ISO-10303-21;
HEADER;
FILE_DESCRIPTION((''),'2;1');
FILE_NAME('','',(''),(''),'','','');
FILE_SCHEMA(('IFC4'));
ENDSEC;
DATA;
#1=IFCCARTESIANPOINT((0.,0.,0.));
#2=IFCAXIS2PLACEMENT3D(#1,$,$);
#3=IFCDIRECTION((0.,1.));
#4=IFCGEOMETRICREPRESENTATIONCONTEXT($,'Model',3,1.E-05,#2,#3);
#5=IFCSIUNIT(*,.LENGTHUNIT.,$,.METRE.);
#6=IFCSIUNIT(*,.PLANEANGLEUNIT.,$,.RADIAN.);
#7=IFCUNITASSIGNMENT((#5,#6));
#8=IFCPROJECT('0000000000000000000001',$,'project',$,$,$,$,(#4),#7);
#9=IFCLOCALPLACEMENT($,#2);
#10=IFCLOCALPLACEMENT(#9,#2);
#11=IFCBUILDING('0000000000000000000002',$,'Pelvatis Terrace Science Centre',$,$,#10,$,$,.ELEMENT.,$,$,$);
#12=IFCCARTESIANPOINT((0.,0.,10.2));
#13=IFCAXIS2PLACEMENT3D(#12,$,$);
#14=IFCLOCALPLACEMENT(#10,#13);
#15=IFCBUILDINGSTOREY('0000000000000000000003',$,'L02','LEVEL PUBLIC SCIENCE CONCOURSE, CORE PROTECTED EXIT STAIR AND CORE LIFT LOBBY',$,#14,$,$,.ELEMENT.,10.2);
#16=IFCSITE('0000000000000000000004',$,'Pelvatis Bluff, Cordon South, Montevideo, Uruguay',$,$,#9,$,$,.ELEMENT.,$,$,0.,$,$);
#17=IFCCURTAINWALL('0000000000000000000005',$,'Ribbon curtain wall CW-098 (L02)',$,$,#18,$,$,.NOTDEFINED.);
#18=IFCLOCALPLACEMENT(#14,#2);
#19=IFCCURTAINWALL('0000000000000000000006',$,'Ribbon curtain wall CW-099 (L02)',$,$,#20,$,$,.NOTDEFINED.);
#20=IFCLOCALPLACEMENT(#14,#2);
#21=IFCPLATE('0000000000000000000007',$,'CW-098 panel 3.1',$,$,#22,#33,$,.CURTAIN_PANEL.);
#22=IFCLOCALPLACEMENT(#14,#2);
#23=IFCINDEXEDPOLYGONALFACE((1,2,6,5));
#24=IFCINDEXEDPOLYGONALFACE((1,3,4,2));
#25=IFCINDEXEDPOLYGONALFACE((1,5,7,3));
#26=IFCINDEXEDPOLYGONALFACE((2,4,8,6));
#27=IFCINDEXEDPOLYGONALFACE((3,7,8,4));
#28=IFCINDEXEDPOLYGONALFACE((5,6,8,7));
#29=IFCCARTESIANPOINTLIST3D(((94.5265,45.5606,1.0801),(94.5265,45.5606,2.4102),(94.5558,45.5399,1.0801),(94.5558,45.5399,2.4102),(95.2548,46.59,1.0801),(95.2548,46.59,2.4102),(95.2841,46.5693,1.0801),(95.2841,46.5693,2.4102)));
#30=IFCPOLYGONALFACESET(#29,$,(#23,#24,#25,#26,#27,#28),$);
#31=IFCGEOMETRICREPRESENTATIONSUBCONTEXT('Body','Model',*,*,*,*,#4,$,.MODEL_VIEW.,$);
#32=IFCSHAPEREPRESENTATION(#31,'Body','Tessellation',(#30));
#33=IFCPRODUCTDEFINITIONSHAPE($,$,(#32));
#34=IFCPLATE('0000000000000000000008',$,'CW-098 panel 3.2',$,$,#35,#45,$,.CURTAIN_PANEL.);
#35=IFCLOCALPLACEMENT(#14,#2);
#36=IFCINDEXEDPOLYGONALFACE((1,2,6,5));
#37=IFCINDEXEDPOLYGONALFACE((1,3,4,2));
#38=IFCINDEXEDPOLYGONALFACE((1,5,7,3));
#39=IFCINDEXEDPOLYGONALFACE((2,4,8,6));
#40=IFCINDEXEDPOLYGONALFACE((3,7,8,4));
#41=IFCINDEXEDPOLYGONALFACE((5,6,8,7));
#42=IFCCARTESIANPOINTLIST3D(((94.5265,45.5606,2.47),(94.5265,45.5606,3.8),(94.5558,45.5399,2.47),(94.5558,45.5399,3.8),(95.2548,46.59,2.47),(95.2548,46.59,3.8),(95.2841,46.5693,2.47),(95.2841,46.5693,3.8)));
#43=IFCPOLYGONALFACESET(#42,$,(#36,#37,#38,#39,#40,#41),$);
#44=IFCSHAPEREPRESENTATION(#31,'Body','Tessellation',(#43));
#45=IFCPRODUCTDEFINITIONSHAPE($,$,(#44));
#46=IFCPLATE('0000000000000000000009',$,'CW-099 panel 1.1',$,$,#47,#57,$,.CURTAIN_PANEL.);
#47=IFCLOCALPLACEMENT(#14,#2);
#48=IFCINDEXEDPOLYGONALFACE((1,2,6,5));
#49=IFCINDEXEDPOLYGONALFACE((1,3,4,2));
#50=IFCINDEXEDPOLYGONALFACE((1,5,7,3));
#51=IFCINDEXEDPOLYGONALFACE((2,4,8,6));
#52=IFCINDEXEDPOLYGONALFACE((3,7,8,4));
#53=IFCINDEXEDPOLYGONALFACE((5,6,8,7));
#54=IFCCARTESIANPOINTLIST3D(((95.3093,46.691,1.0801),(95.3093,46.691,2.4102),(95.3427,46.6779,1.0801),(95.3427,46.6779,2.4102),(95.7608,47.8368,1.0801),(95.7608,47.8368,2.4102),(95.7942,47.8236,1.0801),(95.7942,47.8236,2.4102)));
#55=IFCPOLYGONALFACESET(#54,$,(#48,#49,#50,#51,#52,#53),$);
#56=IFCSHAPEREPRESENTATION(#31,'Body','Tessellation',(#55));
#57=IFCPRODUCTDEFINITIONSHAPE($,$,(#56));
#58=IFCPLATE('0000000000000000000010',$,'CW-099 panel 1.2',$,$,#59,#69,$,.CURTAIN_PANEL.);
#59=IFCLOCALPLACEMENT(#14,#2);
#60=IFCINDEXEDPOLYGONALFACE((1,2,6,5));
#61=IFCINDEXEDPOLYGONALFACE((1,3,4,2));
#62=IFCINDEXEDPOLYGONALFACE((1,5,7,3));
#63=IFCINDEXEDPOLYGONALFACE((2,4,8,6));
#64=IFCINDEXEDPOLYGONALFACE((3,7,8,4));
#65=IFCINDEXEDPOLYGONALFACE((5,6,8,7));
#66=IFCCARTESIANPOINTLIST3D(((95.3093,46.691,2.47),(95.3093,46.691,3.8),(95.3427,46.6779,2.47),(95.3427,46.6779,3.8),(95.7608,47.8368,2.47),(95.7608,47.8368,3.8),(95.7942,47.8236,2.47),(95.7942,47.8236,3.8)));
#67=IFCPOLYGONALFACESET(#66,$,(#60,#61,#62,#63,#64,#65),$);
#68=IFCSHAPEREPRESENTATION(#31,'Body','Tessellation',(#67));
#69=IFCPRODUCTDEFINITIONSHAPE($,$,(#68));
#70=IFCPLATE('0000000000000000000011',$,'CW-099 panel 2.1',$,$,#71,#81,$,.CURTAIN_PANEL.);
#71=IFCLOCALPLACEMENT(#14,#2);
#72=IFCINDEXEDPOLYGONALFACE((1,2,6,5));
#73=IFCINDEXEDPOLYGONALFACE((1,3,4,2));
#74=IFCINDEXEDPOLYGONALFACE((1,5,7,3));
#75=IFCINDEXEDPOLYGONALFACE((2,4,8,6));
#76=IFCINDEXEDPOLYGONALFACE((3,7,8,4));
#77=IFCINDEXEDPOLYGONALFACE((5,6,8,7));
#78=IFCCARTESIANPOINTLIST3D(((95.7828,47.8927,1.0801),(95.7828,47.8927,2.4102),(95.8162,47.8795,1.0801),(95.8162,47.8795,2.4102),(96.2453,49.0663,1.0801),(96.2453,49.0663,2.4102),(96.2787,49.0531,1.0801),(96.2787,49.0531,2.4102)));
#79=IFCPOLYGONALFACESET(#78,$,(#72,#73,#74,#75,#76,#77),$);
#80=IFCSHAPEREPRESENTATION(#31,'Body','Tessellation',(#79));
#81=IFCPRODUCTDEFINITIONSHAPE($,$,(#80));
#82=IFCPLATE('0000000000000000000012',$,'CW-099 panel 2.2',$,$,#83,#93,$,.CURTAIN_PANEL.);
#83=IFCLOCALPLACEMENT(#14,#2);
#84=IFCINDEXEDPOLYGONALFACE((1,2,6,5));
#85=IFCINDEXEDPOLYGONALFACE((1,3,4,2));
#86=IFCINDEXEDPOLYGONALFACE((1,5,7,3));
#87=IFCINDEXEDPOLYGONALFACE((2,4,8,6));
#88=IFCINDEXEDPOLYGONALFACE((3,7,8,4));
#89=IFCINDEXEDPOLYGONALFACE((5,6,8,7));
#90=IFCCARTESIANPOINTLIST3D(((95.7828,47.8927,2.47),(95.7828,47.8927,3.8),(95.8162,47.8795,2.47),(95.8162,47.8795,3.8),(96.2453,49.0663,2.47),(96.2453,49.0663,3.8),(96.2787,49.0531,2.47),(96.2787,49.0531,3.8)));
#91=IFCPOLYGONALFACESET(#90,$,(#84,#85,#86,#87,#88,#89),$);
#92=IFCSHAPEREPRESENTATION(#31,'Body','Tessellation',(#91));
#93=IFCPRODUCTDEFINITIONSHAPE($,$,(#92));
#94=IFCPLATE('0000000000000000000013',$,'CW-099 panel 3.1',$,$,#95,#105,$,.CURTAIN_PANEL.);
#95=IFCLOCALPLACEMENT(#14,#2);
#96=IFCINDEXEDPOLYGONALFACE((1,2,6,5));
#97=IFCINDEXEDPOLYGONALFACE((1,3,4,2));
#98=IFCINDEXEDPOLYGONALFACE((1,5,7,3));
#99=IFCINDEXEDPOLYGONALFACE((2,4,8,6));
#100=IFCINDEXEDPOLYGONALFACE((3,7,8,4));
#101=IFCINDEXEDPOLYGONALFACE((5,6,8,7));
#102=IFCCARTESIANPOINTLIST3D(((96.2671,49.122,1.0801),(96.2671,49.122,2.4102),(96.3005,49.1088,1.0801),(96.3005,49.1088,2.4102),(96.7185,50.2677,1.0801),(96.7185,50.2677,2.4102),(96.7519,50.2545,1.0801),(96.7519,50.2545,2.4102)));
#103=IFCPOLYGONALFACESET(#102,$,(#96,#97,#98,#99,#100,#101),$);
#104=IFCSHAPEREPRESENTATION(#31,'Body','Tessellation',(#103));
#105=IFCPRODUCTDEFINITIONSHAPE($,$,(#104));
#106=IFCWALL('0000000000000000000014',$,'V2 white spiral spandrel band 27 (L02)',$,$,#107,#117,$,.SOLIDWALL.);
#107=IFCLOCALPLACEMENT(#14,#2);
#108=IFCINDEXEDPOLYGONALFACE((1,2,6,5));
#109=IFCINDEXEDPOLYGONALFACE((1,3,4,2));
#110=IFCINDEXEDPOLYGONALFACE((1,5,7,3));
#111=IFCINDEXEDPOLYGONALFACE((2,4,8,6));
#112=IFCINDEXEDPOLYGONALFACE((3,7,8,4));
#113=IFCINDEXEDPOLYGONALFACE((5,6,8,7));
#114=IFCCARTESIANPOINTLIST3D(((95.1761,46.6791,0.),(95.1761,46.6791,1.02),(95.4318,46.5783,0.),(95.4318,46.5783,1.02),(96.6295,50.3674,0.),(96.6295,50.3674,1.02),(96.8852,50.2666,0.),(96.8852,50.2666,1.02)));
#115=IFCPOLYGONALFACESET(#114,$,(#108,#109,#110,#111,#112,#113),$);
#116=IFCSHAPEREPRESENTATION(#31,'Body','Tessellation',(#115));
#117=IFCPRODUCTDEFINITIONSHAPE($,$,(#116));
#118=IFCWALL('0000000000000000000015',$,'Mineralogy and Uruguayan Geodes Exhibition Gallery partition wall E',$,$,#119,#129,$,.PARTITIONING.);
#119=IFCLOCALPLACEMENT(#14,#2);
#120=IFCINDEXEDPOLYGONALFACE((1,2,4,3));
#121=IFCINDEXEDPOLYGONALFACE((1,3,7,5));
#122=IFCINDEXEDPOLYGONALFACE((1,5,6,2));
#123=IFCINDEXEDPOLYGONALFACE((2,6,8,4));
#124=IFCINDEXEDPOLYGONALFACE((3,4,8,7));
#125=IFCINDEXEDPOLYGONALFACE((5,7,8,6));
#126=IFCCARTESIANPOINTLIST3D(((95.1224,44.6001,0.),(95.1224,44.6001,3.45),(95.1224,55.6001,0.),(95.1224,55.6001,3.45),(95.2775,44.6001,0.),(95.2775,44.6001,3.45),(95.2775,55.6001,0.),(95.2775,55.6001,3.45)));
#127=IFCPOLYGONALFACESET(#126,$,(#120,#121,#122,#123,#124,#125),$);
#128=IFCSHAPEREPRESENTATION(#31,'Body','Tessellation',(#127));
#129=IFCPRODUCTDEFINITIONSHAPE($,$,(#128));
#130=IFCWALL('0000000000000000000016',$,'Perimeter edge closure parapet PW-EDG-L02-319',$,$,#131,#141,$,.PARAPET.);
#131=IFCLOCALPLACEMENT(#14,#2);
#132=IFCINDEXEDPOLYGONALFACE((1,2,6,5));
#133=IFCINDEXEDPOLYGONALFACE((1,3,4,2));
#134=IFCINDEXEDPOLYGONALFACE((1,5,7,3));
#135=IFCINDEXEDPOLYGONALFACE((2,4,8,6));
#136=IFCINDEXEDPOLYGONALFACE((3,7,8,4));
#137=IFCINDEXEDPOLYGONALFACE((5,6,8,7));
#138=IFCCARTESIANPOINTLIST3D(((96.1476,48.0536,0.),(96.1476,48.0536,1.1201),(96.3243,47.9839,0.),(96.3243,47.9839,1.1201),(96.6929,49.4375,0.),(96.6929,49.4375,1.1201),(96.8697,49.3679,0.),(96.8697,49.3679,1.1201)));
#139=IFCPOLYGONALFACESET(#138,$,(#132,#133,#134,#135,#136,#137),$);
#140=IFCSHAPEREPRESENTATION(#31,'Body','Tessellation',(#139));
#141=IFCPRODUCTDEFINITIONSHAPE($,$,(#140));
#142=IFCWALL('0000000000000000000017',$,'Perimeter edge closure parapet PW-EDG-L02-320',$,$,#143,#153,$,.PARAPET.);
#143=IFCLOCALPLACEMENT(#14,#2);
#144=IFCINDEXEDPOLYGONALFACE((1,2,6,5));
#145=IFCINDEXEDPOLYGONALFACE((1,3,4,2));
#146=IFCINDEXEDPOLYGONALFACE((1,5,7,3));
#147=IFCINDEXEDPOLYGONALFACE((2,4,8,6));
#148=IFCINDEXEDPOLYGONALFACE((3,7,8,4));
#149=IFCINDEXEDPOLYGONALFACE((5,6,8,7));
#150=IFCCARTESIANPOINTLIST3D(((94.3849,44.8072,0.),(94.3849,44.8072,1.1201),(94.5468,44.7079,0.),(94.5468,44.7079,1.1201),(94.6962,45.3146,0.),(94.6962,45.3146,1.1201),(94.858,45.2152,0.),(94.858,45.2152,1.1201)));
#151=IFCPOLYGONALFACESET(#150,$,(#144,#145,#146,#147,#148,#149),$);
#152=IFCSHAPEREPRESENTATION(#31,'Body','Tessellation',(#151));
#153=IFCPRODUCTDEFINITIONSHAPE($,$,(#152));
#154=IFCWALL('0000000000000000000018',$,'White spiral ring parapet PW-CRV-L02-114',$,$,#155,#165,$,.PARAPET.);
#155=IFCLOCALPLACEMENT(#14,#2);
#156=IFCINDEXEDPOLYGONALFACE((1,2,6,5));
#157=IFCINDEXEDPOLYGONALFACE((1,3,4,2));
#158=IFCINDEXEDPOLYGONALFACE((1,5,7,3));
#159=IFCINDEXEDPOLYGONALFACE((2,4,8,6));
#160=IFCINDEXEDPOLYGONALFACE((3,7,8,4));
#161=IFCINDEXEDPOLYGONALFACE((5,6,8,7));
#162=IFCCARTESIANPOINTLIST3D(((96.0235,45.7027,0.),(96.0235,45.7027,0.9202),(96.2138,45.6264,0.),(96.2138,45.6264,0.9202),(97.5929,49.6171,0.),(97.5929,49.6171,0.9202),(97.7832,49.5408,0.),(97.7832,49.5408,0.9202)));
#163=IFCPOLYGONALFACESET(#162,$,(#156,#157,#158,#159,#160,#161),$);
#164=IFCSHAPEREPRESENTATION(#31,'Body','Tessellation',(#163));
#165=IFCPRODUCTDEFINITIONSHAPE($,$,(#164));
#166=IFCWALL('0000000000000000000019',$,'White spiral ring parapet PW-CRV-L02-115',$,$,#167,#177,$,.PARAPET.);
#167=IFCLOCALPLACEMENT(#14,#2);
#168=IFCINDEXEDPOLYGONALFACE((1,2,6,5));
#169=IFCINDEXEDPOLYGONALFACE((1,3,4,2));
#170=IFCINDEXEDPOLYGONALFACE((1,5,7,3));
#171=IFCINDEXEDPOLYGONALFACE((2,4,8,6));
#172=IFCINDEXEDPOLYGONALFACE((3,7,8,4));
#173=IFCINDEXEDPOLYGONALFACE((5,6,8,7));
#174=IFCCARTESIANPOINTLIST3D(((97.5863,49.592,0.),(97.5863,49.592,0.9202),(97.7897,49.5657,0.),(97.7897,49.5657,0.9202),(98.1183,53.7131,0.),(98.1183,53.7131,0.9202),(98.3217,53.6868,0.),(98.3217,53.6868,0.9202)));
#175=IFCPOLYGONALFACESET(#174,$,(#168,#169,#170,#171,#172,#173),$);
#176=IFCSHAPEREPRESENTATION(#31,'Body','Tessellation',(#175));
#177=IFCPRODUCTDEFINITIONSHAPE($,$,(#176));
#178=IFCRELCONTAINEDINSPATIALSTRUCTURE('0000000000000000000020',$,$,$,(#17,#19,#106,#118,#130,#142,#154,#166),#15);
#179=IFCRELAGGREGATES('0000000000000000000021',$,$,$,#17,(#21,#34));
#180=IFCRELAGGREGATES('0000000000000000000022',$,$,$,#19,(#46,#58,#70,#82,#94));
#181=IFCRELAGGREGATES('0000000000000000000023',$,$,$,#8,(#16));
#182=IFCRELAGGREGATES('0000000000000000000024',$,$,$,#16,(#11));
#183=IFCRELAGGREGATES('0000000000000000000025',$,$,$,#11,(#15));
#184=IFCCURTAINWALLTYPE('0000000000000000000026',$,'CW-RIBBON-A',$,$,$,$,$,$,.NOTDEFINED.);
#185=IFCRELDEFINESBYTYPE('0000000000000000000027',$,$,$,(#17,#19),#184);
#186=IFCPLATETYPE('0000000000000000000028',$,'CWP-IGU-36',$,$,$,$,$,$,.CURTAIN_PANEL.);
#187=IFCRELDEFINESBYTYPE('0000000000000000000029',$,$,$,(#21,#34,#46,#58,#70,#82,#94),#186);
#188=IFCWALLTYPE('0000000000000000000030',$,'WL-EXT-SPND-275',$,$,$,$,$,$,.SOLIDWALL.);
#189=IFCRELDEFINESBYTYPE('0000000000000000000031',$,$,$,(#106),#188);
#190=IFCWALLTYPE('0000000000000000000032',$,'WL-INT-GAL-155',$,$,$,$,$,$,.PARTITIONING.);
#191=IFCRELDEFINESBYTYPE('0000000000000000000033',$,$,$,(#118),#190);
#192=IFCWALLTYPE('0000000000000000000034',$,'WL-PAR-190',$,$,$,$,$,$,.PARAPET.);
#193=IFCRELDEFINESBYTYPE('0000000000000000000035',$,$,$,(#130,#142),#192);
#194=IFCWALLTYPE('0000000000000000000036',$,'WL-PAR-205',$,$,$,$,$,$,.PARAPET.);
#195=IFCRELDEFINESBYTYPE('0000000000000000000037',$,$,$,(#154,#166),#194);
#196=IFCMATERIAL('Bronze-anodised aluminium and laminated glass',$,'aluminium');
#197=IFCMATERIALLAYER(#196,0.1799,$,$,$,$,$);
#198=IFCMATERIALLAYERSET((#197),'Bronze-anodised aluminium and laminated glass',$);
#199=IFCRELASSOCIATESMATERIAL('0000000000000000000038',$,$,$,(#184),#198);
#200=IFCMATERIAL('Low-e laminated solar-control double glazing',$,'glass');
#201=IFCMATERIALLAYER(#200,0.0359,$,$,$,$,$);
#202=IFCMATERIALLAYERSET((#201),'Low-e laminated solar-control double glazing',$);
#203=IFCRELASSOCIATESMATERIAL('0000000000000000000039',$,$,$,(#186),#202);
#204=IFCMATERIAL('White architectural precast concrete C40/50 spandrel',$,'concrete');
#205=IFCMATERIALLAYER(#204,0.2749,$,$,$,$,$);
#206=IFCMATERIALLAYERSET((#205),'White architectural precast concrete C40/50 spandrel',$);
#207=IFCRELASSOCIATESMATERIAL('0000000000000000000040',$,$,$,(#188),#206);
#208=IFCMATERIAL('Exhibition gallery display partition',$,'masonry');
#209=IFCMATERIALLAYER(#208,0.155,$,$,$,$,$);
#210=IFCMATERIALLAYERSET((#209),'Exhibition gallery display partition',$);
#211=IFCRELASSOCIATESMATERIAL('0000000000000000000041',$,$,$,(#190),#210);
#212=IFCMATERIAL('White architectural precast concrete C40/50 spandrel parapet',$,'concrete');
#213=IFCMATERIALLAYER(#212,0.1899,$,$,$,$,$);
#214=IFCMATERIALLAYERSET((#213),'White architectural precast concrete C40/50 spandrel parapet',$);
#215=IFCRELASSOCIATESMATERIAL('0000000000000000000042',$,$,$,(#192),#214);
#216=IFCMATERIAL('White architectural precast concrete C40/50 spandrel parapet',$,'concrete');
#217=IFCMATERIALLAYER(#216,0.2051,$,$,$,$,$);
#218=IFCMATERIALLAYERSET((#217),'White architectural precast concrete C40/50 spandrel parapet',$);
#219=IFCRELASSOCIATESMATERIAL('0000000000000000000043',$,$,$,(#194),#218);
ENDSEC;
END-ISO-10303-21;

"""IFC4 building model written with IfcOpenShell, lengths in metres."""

from ifc_helpers import new_model, si_unit, direction, frame, frame_2d, origin, origin_2d, place, context, subcontext, project, spatial, rectangle, extrude, material, layer, layer_set, type_object, element, aggregate, save


model = new_model("IFC4")

# Units and contexts
model_context = context("Model", 3, precision=1e-05, world=origin(), true_north=direction((0.0, 1.0)))
body_context = subcontext(model_context, "Body", "Model", "MODEL_VIEW")
ifc_project = project(units=[si_unit("LENGTHUNIT", "METRE"), si_unit("PLANEANGLEUNIT", "RADIAN")], contexts=[model_context])

# Site, building, storey
site_placement = place(None, origin())
site = spatial("IfcSite", under=ifc_project, at=site_placement, Name="Pelvatis Bluff, Cordon South, Montevideo, Uruguay", CompositionType="ELEMENT", RefElevation=0.0)
building_placement = place(site_placement, origin())
building = spatial("IfcBuilding", under=site, at=building_placement, Name="Pelvatis Terrace Science Centre", CompositionType="ELEMENT")
storey_placement = place(building_placement, frame((0.0, 0.0, 10.2)))
storey = spatial("IfcBuildingStorey", under=building, at=storey_placement, Name="L02", Description="LEVEL PUBLIC SCIENCE CONCOURSE, CORE PROTECTED EXIT STAIR AND CORE LIFT LOBBY", CompositionType="ELEMENT", Elevation=10.2)

# Curtain walls
ifc_material_1 = material(Name="Bronze-anodised aluminium and laminated glass", Category="aluminium")
ifc_layer_1 = layer(ifc_material_1, 0.1799)
ifc_layer_set_1 = layer_set([ifc_layer_1], Name="Bronze-anodised aluminium and laminated glass")
curtain_wall_type = type_object("IfcCurtainWallType", Name="CW-RIBBON-A", PredefinedType="NOTDEFINED", material=ifc_layer_set_1)
curtain_wall_1_placement = place(storey_placement, origin())
curtain_wall_1 = element("IfcCurtainWall", 1, at=curtain_wall_1_placement, inside=storey, type_object=curtain_wall_type, Name="Ribbon curtain wall CW-098 (L02)", PredefinedType="NOTDEFINED")
curtain_wall_2_placement = place(storey_placement, origin())
curtain_wall_2 = element("IfcCurtainWall", 2, at=curtain_wall_2_placement, inside=storey, type_object=curtain_wall_type, Name="Ribbon curtain wall CW-099 (L02)", PredefinedType="NOTDEFINED")

# Plates
ifc_material_2 = material(Name="Low-e laminated solar-control double glazing", Category="glass")
ifc_layer_2 = layer(ifc_material_2, 0.0359)
ifc_layer_set_2 = layer_set([ifc_layer_2], Name="Low-e laminated solar-control double glazing")
plate_type = type_object("IfcPlateType", Name="CWP-IGU-36", PredefinedType="CURTAIN_PANEL", material=ifc_layer_set_2)
plate_1_placement = place(storey_placement, frame((94.9053, 46.0649, 1.0801), z_axis=(0.0, 0.0, 1.0), x_axis=(0.577591, 0.816326, 0.0)))
plate_1 = element("IfcPlate", 3, at=plate_1_placement, type_object=plate_type, Name="CW-098 panel 3.1", PredefinedType="CURTAIN_PANEL", context=body_context, shape_type="SweptSolid", body=[
    extrude(rectangle(XDim=1.261, YDim=0.0359, at=origin_2d()), origin(), (0.0, 0.0, 1.0), 1.3301),
])
plate_2_placement = place(storey_placement, frame((94.9053, 46.0649, 2.47), z_axis=(0.0, 0.0, 1.0), x_axis=(0.577591, 0.816326, 0.0)))
plate_2 = element("IfcPlate", 4, at=plate_2_placement, type_object=plate_type, Name="CW-098 panel 3.2", PredefinedType="CURTAIN_PANEL", context=body_context, shape_type="SweptSolid", body=[
    extrude(rectangle(XDim=1.261, YDim=0.0359, at=origin_2d()), origin(), (0.0, 0.0, 1.0), 1.3301),
])
aggregate(curtain_wall_1, [plate_1, plate_2])
plate_3_placement = place(storey_placement, frame((95.5518, 47.2573, 1.0801), z_axis=(0.0, 0.0, 1.0), x_axis=(0.366597, 0.93038, 0.0)))
plate_3 = element("IfcPlate", 5, at=plate_3_placement, type_object=plate_type, Name="CW-099 panel 1.1", PredefinedType="CURTAIN_PANEL", context=body_context, shape_type="SweptSolid", body=[
    extrude(rectangle(XDim=1.2314, YDim=0.0359, at=origin_2d()), origin(), (0.0, 0.0, 1.0), 1.3301),
])
plate_4_placement = place(storey_placement, frame((95.5518, 47.2573, 2.47), z_axis=(0.0, 0.0, 1.0), x_axis=(0.366597, 0.93038, 0.0)))
plate_4 = element("IfcPlate", 6, at=plate_4_placement, type_object=plate_type, Name="CW-099 panel 1.2", PredefinedType="CURTAIN_PANEL", context=body_context, shape_type="SweptSolid", body=[
    extrude(rectangle(XDim=1.2314, YDim=0.0359, at=origin_2d()), origin(), (0.0, 0.0, 1.0), 1.3301),
])
plate_5_placement = place(storey_placement, frame((96.0308, 48.4729, 1.0801), z_axis=(0.0, 0.0, 1.0), x_axis=(0.366597, 0.93038, 0.0)))
plate_5 = element("IfcPlate", 7, at=plate_5_placement, type_object=plate_type, Name="CW-099 panel 2.1", PredefinedType="CURTAIN_PANEL", context=body_context, shape_type="SweptSolid", body=[
    extrude(rectangle(XDim=1.2615, YDim=0.0359, at=origin_2d()), origin(), (0.0, 0.0, 1.0), 1.3301),
])
plate_6_placement = place(storey_placement, frame((96.0308, 48.4729, 2.47), z_axis=(0.0, 0.0, 1.0), x_axis=(0.366597, 0.93038, 0.0)))
plate_6 = element("IfcPlate", 8, at=plate_6_placement, type_object=plate_type, Name="CW-099 panel 2.2", PredefinedType="CURTAIN_PANEL", context=body_context, shape_type="SweptSolid", body=[
    extrude(rectangle(XDim=1.2615, YDim=0.0359, at=origin_2d()), origin(), (0.0, 0.0, 1.0), 1.3301),
])
plate_7_placement = place(storey_placement, frame((96.5095, 49.6882, 1.0801), z_axis=(0.0, 0.0, 1.0), x_axis=(0.366597, 0.93038, 0.0)))
plate_7 = element("IfcPlate", 9, at=plate_7_placement, type_object=plate_type, Name="CW-099 panel 3.1", PredefinedType="CURTAIN_PANEL", context=body_context, shape_type="SweptSolid", body=[
    extrude(rectangle(XDim=1.2314, YDim=0.0359, at=origin_2d()), origin(), (0.0, 0.0, 1.0), 1.3301),
])
aggregate(curtain_wall_2, [plate_3, plate_4, plate_5, plate_6, plate_7])

# Walls
ifc_material_3 = material(Name="White architectural precast concrete C40/50 spandrel", Category="concrete")
ifc_layer_3 = layer(ifc_material_3, 0.2749)
ifc_layer_set_3 = layer_set([ifc_layer_3], Name="White architectural precast concrete C40/50 spandrel")
wall_type_1 = type_object("IfcWallType", Name="WL-EXT-SPND-275", PredefinedType="SOLIDWALL", material=ifc_layer_set_3)
wall_1_placement = place(storey_placement, frame((95.304, 46.6287, 0.0), z_axis=(0.0, 0.0, 1.0), x_axis=(0.366618, 0.930371, 0.0)))
element("IfcWall", 10, at=wall_1_placement, inside=storey, type_object=wall_type_1, Name="V2 white spiral spandrel band 27 (L02)", PredefinedType="SOLIDWALL", context=body_context, shape_type="SweptSolid", body=[
    extrude(rectangle(XDim=3.9644, YDim=0.2749, at=frame_2d((1.9822, 0.0))), origin(), (0.0, 0.0, 1.0), 1.02),
])
ifc_material_4 = material(Name="Exhibition gallery display partition", Category="masonry")
ifc_layer_4 = layer(ifc_material_4, 0.155)
ifc_layer_set_4 = layer_set([ifc_layer_4], Name="Exhibition gallery display partition")
wall_type_2 = type_object("IfcWallType", Name="WL-INT-GAL-155", PredefinedType="PARTITIONING", material=ifc_layer_set_4)
wall_2_placement = place(storey_placement, frame((95.2, 44.6001, 0.0), z_axis=(0.0, 0.0, 1.0), x_axis=(0.0, 1.0, 0.0)))
element("IfcWall", 11, at=wall_2_placement, inside=storey, type_object=wall_type_2, Name="Mineralogy and Uruguayan Geodes Exhibition Gallery partition wall E", PredefinedType="PARTITIONING", context=body_context, shape_type="SweptSolid", body=[
    extrude(rectangle(XDim=11.0, YDim=0.155, at=frame_2d((5.5, 0.0))), origin(), (0.0, 0.0, 1.0), 3.45),
])
ifc_material_5 = material(Name="White architectural precast concrete C40/50 spandrel parapet", Category="concrete")
ifc_layer_5 = layer(ifc_material_5, 0.1899)
ifc_layer_set_5 = layer_set([ifc_layer_5], Name="White architectural precast concrete C40/50 spandrel parapet")
wall_type_3 = type_object("IfcWallType", Name="WL-PAR-190", PredefinedType="PARAPET", material=ifc_layer_set_5)
wall_3_placement = place(storey_placement, frame((96.7812, 49.4026, 0.0), z_axis=(0.0, 0.0, 1.0), x_axis=(-0.366632, -0.930366, 0.0)))
element("IfcWall", 12, at=wall_3_placement, inside=storey, type_object=wall_type_3, Name="Perimeter edge closure parapet PW-EDG-L02-319", PredefinedType="PARAPET", context=body_context, shape_type="SweptSolid", body=[
    extrude(rectangle(XDim=1.4875, YDim=0.1899, at=frame_2d((0.7437, 0.0))), origin(), (0.0, 0.0, 1.0), 1.1201),
])
wall_4_placement = place(storey_placement, frame((94.7771, 45.2649, 0.0), z_axis=(0.0, 0.0, 1.0), x_axis=(-0.522976, -0.852348, 0.0)))
element("IfcWall", 13, at=wall_4_placement, inside=storey, type_object=wall_type_3, Name="Perimeter edge closure parapet PW-EDG-L02-320", PredefinedType="PARAPET", context=body_context, shape_type="SweptSolid", body=[
    extrude(rectangle(XDim=0.5952, YDim=0.1899, at=frame_2d((0.2976, 0.0))), origin(), (0.0, 0.0, 1.0), 1.1201),
])
ifc_material_6 = material(Name="White architectural precast concrete C40/50 spandrel parapet", Category="concrete")
ifc_layer_6 = layer(ifc_material_6, 0.2051)
ifc_layer_set_6 = layer_set([ifc_layer_6], Name="White architectural precast concrete C40/50 spandrel parapet")
wall_type_4 = type_object("IfcWallType", Name="WL-PAR-205", PredefinedType="PARAPET", material=ifc_layer_set_6)
wall_5_placement = place(storey_placement, frame((96.1187, 45.6646, 0.0), z_axis=(0.0, 0.0, 1.0), x_axis=(0.372129, 0.928181, 0.0)))
element("IfcWall", 14, at=wall_5_placement, inside=storey, type_object=wall_type_4, Name="White spiral ring parapet PW-CRV-L02-114", PredefinedType="PARAPET", context=body_context, shape_type="SweptSolid", body=[
    extrude(rectangle(XDim=4.2173, YDim=0.2051, at=frame_2d((2.1086, 0.0))), origin(), (0.0, 0.0, 1.0), 0.9202),
])
wall_6_placement = place(storey_placement, frame((97.688, 49.5789, 0.0), z_axis=(0.0, 0.0, 1.0), x_axis=(0.128025, 0.991771, 0.0)))
element("IfcWall", 15, at=wall_6_placement, inside=storey, type_object=wall_type_4, Name="White spiral ring parapet PW-CRV-L02-115", PredefinedType="PARAPET", context=body_context, shape_type="SweptSolid", body=[
    extrude(rectangle(XDim=4.1553, YDim=0.2051, at=frame_2d((2.0776, 0.0))), origin(), (0.0, 0.0, 1.0), 0.9202),
])

save(model, "model.ifc")
